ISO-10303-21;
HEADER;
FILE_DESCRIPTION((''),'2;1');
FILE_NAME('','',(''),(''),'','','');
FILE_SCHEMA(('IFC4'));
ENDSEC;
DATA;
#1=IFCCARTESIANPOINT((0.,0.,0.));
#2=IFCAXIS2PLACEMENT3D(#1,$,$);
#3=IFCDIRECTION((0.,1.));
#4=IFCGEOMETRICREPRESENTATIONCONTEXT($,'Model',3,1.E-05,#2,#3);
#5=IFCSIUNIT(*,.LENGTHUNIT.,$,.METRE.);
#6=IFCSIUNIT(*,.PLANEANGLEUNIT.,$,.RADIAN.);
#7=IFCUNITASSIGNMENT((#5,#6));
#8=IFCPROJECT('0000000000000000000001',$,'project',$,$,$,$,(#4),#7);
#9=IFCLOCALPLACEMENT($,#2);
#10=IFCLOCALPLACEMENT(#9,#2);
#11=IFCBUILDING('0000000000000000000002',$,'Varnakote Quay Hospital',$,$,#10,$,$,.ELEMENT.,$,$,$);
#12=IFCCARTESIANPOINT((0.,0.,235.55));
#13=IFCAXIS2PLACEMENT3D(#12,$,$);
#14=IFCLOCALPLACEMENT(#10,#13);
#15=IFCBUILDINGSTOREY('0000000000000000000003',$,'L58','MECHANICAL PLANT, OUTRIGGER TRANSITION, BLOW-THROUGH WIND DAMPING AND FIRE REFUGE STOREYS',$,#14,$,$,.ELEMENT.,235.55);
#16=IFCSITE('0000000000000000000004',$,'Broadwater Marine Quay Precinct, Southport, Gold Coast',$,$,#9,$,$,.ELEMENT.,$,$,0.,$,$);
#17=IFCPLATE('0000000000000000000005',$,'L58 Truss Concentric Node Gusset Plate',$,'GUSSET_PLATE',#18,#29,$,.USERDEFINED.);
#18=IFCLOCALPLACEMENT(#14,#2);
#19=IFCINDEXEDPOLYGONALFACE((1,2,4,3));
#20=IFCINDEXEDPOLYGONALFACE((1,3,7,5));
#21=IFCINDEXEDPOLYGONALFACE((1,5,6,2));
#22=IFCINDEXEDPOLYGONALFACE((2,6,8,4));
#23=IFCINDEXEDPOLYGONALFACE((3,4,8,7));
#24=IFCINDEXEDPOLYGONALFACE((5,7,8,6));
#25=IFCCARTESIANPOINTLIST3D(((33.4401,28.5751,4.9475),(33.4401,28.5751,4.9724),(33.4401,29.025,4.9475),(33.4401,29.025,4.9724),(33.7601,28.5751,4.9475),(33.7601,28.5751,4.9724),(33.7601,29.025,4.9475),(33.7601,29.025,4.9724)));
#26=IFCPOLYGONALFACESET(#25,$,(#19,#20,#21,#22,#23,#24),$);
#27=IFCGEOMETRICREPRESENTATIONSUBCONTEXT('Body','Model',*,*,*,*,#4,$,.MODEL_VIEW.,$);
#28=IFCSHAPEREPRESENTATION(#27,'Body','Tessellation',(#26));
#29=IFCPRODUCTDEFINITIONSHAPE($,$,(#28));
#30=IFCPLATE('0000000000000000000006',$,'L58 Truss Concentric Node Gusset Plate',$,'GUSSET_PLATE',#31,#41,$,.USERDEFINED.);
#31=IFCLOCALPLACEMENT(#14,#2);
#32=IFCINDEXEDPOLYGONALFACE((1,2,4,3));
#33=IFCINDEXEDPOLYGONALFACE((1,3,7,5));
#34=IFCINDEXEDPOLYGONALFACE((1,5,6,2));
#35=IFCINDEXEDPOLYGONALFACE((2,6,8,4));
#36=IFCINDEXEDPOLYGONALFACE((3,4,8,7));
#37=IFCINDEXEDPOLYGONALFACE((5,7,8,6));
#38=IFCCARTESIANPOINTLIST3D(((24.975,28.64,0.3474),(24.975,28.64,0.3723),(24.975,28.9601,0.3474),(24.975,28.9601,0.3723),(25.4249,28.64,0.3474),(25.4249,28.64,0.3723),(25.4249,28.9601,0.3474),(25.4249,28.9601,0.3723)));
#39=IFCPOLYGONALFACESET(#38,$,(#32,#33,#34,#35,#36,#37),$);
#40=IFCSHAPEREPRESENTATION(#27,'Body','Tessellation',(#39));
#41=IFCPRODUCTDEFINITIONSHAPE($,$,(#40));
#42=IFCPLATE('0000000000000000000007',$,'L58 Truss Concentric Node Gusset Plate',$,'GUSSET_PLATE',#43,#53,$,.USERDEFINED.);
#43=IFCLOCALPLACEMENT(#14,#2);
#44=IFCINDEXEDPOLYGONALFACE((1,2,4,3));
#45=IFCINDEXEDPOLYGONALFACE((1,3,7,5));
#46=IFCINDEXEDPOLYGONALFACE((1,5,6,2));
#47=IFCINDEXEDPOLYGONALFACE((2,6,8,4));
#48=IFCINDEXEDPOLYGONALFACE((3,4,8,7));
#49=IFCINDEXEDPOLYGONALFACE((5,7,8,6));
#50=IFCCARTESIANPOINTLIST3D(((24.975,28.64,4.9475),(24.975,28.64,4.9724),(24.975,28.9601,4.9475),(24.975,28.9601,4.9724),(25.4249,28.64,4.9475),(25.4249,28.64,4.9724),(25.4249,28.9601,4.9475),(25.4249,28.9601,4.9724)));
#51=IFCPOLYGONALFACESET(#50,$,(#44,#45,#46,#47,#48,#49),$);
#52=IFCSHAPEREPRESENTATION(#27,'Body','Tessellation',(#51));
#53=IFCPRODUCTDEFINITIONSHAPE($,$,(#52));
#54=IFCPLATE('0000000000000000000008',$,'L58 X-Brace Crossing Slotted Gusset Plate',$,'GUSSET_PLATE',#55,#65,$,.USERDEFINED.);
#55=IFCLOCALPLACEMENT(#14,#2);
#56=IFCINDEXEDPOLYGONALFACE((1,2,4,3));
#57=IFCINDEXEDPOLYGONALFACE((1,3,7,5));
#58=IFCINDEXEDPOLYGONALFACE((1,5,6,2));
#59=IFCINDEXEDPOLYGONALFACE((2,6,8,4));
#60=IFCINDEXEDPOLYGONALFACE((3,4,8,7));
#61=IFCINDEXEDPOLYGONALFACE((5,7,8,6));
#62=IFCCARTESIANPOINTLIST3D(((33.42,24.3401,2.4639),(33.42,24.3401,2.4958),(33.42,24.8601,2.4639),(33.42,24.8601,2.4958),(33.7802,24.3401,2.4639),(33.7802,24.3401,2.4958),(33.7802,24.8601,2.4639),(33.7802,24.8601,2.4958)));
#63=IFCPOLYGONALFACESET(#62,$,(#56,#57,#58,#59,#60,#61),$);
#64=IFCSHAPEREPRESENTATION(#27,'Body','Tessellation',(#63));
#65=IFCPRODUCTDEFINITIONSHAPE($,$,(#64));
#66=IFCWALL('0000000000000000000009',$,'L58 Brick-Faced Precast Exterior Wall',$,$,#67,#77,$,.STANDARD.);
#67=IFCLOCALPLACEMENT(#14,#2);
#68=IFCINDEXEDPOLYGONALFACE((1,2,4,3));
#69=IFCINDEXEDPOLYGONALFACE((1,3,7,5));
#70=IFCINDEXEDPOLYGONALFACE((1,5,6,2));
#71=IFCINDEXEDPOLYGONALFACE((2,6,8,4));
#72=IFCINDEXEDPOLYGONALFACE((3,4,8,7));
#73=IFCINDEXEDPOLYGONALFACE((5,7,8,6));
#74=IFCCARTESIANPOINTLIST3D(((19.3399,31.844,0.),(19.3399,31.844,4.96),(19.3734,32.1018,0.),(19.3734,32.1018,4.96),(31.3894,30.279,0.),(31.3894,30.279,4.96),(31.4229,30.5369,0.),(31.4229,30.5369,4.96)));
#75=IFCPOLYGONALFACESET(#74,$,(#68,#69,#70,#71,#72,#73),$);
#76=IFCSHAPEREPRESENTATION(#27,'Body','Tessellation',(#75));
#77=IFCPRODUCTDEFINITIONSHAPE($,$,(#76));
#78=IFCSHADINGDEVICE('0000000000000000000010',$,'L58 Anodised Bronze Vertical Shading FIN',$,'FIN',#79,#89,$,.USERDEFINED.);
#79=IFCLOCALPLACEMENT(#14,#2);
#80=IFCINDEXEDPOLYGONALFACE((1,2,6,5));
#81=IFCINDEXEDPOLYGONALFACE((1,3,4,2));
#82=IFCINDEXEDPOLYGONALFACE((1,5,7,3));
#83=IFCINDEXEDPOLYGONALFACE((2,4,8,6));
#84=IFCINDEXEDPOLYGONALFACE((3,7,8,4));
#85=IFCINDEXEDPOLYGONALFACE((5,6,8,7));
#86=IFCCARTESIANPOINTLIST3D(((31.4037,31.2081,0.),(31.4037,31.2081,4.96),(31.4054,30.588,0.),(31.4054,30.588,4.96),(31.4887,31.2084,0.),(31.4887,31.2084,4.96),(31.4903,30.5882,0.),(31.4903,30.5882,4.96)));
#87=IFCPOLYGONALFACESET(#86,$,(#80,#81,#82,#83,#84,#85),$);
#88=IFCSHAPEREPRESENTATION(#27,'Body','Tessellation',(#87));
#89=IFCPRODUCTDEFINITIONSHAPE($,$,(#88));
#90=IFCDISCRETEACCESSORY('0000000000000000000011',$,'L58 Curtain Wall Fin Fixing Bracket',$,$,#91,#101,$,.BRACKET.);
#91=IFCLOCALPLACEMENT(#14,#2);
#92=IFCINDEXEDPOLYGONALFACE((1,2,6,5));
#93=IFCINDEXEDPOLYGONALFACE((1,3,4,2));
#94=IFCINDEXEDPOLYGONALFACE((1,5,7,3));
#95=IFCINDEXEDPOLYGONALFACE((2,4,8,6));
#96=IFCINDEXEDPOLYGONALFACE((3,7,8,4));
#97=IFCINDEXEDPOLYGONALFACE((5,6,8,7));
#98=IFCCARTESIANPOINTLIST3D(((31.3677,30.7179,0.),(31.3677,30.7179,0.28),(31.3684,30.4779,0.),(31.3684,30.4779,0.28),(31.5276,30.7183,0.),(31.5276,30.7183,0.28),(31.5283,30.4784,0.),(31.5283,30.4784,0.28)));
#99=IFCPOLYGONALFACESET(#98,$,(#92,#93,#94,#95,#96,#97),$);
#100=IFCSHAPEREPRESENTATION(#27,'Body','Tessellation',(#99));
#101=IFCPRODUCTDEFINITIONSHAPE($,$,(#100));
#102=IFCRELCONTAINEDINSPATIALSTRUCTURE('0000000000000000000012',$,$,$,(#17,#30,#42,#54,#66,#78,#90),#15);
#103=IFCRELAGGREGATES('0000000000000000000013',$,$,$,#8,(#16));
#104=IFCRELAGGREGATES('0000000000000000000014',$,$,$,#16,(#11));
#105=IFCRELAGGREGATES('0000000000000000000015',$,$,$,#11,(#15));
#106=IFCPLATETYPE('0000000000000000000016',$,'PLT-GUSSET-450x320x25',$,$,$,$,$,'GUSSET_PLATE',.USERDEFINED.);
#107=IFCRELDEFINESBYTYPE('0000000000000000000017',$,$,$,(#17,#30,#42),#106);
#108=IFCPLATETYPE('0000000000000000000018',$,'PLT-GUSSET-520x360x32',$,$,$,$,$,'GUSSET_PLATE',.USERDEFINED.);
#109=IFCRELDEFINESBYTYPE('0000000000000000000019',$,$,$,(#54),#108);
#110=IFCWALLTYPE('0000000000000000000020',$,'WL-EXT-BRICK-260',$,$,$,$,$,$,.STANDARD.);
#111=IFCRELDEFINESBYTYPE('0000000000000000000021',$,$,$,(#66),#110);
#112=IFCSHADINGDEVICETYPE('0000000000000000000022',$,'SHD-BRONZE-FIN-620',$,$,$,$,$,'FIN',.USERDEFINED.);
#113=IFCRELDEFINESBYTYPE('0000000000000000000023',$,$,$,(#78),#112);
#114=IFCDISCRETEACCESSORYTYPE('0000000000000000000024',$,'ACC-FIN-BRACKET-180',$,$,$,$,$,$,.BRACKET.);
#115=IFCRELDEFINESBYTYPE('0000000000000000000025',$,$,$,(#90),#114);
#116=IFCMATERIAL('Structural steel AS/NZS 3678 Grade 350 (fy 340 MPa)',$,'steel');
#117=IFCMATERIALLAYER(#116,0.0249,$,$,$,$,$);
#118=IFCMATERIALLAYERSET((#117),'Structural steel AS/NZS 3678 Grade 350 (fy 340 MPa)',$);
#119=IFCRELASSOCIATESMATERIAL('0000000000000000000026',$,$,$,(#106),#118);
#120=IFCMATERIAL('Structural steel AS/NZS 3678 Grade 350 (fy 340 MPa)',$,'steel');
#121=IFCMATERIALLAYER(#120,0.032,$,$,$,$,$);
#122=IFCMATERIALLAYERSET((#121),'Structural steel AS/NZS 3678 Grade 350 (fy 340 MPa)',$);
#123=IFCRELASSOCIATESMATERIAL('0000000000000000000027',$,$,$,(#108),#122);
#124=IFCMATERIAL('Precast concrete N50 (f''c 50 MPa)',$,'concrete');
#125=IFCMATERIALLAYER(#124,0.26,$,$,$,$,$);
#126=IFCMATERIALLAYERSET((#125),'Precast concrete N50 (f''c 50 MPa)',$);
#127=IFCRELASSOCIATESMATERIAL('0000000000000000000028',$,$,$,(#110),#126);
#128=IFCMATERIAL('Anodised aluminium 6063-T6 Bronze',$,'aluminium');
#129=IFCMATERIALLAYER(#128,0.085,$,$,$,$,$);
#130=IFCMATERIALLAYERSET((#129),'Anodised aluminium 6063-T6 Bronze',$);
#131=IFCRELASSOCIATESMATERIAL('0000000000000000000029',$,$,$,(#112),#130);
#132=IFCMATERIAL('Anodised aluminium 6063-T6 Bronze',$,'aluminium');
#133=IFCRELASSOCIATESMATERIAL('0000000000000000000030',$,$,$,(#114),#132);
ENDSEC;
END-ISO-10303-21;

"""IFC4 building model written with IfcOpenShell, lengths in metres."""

from ifc_helpers import new_model, si_unit, direction, frame, frame_2d, origin, origin_2d, place, context, subcontext, project, spatial, rectangle, extrude, material, layer, layer_set, type_object, element, save


model = new_model("IFC4")

# Units and contexts
model_context = context("Model", 3, precision=1e-05, world=origin(), true_north=direction((0.0, 1.0)))
body_context = subcontext(model_context, "Body", "Model", "MODEL_VIEW")
ifc_project = project(units=[si_unit("LENGTHUNIT", "METRE"), si_unit("PLANEANGLEUNIT", "RADIAN")], contexts=[model_context])

# Site, building, storey
site_placement = place(None, origin())
site = spatial("IfcSite", under=ifc_project, at=site_placement, Name="Broadwater Marine Quay Precinct, Southport, Gold Coast", CompositionType="ELEMENT", RefElevation=0.0)
building_placement = place(site_placement, origin())
building = spatial("IfcBuilding", under=site, at=building_placement, Name="Varnakote Quay Hospital", CompositionType="ELEMENT")
storey_placement = place(building_placement, frame((0.0, 0.0, 235.55)))
storey = spatial("IfcBuildingStorey", under=building, at=storey_placement, Name="L58", Description="MECHANICAL PLANT, OUTRIGGER TRANSITION, BLOW-THROUGH WIND DAMPING AND FIRE REFUGE STOREYS", CompositionType="ELEMENT", Elevation=235.55)

# Plates
ifc_material_1 = material(Name="Structural steel AS/NZS 3678 Grade 350 (fy 340 MPa)", Category="steel")
ifc_layer_1 = layer(ifc_material_1, 0.0249)
ifc_layer_set_1 = layer_set([ifc_layer_1], Name="Structural steel AS/NZS 3678 Grade 350 (fy 340 MPa)")
plate_type_1 = type_object("IfcPlateType", Name="PLT-GUSSET-450x320x25", ElementType="GUSSET_PLATE", PredefinedType="USERDEFINED", material=ifc_layer_set_1)
for number, where, z_axis, x_axis, name in (
    (1, (33.6001, 28.8, 4.9475), (0.0, 0.0, 1.0), (0.0, 1.0, 0.0), "L58 Truss Concentric Node Gusset Plate"),
    (2, (25.2, 28.8, 0.3474), (0.0, 0.0, 1.0), (1.0, 0.0, 0.0), "L58 Truss Concentric Node Gusset Plate"),
    (3, (25.2, 28.8, 4.9475), (0.0, 0.0, 1.0), (1.0, 0.0, 0.0), "L58 Truss Concentric Node Gusset Plate"),
):
    element("IfcPlate", number, at=place(storey_placement, frame(where, z_axis=z_axis, x_axis=x_axis)), inside=storey, type_object=plate_type_1, Name=name, ObjectType="GUSSET_PLATE", PredefinedType="USERDEFINED", context=body_context, shape_type="SweptSolid", body=[
        extrude(rectangle(XDim=0.45, YDim=0.3201, at=origin_2d()), origin(), (0.0, 0.0, 1.0), 0.0249),
    ])
ifc_material_2 = material(Name="Structural steel AS/NZS 3678 Grade 350 (fy 340 MPa)", Category="steel")
ifc_layer_2 = layer(ifc_material_2, 0.032)
ifc_layer_set_2 = layer_set([ifc_layer_2], Name="Structural steel AS/NZS 3678 Grade 350 (fy 340 MPa)")
plate_type_2 = type_object("IfcPlateType", Name="PLT-GUSSET-520x360x32", ElementType="GUSSET_PLATE", PredefinedType="USERDEFINED", material=ifc_layer_set_2)
plate_1_placement = place(storey_placement, frame((33.6001, 24.6001, 2.4639), z_axis=(0.0, 0.0, 1.0), x_axis=(0.0, 1.0, 0.0)))
element("IfcPlate", 4, at=plate_1_placement, inside=storey, type_object=plate_type_2, Name="L58 X-Brace Crossing Slotted Gusset Plate", ObjectType="GUSSET_PLATE", PredefinedType="USERDEFINED", context=body_context, shape_type="SweptSolid", body=[
    extrude(rectangle(XDim=0.52, YDim=0.3601, at=origin_2d()), origin(), (0.0, 0.0, 1.0), 0.032),
])

# Wall
ifc_material_3 = material(Name="Precast concrete N50 (f'c 50 MPa)", Category="concrete")
ifc_layer_3 = layer(ifc_material_3, 0.26)
ifc_layer_set_3 = layer_set([ifc_layer_3], Name="Precast concrete N50 (f'c 50 MPa)")
wall_type = type_object("IfcWallType", Name="WL-EXT-BRICK-260", PredefinedType="STANDARD", material=ifc_layer_set_3)
wall_placement = place(storey_placement, frame((31.406, 30.408, 0.0), z_axis=(0.0, 0.0, 1.0), x_axis=(-0.991671, 0.128796, 0.0)))
element("IfcWall", 5, at=wall_placement, inside=storey, type_object=wall_type, Name="L58 Brick-Faced Precast Exterior Wall", PredefinedType="STANDARD", context=body_context, shape_type="SweptSolid", body=[
    extrude(rectangle(XDim=12.1506, YDim=0.26, at=frame_2d((6.0752, 0.0))), origin(), (0.0, 0.0, 1.0), 4.96),
])

# Shading device
ifc_material_4 = material(Name="Anodised aluminium 6063-T6 Bronze", Category="aluminium")
ifc_layer_4 = layer(ifc_material_4, 0.085)
ifc_layer_set_4 = layer_set([ifc_layer_4], Name="Anodised aluminium 6063-T6 Bronze")
shading_device_type = type_object("IfcShadingDeviceType", Name="SHD-BRONZE-FIN-620", ElementType="FIN", PredefinedType="USERDEFINED", material=ifc_layer_set_4)
shading_device_placement = place(storey_placement, frame((31.447, 30.8982, 0.0), z_axis=(0.0, 0.0, 1.0), x_axis=(0.002618, -0.999997, 0.0)))
element("IfcShadingDevice", 6, at=shading_device_placement, inside=storey, type_object=shading_device_type, Name="L58 Anodised Bronze Vertical Shading FIN", ObjectType="FIN", PredefinedType="USERDEFINED", context=body_context, shape_type="SweptSolid", body=[
    extrude(rectangle(XDim=0.6201, YDim=0.085, at=origin_2d()), origin(), (0.0, 0.0, 1.0), 4.96),
])

# Discrete accessory
ifc_material_5 = material(Name="Anodised aluminium 6063-T6 Bronze", Category="aluminium")
discrete_accessory_type = type_object("IfcDiscreteAccessoryType", Name="ACC-FIN-BRACKET-180", PredefinedType="BRACKET", material=ifc_material_5)
discrete_accessory_placement = place(storey_placement, frame((31.448, 30.5981, 0.0), z_axis=(0.0, 0.0, 1.0), x_axis=(-0.999997, -0.002618, 0.0)))
element("IfcDiscreteAccessory", 7, at=discrete_accessory_placement, inside=storey, type_object=discrete_accessory_type, Name="L58 Curtain Wall Fin Fixing Bracket", PredefinedType="BRACKET", context=body_context, shape_type="SweptSolid", body=[
    extrude(rectangle(XDim=0.1599, YDim=0.24, at=origin_2d()), origin(), (0.0, 0.0, 1.0), 0.28),
])

save(model, "model.ifc")
